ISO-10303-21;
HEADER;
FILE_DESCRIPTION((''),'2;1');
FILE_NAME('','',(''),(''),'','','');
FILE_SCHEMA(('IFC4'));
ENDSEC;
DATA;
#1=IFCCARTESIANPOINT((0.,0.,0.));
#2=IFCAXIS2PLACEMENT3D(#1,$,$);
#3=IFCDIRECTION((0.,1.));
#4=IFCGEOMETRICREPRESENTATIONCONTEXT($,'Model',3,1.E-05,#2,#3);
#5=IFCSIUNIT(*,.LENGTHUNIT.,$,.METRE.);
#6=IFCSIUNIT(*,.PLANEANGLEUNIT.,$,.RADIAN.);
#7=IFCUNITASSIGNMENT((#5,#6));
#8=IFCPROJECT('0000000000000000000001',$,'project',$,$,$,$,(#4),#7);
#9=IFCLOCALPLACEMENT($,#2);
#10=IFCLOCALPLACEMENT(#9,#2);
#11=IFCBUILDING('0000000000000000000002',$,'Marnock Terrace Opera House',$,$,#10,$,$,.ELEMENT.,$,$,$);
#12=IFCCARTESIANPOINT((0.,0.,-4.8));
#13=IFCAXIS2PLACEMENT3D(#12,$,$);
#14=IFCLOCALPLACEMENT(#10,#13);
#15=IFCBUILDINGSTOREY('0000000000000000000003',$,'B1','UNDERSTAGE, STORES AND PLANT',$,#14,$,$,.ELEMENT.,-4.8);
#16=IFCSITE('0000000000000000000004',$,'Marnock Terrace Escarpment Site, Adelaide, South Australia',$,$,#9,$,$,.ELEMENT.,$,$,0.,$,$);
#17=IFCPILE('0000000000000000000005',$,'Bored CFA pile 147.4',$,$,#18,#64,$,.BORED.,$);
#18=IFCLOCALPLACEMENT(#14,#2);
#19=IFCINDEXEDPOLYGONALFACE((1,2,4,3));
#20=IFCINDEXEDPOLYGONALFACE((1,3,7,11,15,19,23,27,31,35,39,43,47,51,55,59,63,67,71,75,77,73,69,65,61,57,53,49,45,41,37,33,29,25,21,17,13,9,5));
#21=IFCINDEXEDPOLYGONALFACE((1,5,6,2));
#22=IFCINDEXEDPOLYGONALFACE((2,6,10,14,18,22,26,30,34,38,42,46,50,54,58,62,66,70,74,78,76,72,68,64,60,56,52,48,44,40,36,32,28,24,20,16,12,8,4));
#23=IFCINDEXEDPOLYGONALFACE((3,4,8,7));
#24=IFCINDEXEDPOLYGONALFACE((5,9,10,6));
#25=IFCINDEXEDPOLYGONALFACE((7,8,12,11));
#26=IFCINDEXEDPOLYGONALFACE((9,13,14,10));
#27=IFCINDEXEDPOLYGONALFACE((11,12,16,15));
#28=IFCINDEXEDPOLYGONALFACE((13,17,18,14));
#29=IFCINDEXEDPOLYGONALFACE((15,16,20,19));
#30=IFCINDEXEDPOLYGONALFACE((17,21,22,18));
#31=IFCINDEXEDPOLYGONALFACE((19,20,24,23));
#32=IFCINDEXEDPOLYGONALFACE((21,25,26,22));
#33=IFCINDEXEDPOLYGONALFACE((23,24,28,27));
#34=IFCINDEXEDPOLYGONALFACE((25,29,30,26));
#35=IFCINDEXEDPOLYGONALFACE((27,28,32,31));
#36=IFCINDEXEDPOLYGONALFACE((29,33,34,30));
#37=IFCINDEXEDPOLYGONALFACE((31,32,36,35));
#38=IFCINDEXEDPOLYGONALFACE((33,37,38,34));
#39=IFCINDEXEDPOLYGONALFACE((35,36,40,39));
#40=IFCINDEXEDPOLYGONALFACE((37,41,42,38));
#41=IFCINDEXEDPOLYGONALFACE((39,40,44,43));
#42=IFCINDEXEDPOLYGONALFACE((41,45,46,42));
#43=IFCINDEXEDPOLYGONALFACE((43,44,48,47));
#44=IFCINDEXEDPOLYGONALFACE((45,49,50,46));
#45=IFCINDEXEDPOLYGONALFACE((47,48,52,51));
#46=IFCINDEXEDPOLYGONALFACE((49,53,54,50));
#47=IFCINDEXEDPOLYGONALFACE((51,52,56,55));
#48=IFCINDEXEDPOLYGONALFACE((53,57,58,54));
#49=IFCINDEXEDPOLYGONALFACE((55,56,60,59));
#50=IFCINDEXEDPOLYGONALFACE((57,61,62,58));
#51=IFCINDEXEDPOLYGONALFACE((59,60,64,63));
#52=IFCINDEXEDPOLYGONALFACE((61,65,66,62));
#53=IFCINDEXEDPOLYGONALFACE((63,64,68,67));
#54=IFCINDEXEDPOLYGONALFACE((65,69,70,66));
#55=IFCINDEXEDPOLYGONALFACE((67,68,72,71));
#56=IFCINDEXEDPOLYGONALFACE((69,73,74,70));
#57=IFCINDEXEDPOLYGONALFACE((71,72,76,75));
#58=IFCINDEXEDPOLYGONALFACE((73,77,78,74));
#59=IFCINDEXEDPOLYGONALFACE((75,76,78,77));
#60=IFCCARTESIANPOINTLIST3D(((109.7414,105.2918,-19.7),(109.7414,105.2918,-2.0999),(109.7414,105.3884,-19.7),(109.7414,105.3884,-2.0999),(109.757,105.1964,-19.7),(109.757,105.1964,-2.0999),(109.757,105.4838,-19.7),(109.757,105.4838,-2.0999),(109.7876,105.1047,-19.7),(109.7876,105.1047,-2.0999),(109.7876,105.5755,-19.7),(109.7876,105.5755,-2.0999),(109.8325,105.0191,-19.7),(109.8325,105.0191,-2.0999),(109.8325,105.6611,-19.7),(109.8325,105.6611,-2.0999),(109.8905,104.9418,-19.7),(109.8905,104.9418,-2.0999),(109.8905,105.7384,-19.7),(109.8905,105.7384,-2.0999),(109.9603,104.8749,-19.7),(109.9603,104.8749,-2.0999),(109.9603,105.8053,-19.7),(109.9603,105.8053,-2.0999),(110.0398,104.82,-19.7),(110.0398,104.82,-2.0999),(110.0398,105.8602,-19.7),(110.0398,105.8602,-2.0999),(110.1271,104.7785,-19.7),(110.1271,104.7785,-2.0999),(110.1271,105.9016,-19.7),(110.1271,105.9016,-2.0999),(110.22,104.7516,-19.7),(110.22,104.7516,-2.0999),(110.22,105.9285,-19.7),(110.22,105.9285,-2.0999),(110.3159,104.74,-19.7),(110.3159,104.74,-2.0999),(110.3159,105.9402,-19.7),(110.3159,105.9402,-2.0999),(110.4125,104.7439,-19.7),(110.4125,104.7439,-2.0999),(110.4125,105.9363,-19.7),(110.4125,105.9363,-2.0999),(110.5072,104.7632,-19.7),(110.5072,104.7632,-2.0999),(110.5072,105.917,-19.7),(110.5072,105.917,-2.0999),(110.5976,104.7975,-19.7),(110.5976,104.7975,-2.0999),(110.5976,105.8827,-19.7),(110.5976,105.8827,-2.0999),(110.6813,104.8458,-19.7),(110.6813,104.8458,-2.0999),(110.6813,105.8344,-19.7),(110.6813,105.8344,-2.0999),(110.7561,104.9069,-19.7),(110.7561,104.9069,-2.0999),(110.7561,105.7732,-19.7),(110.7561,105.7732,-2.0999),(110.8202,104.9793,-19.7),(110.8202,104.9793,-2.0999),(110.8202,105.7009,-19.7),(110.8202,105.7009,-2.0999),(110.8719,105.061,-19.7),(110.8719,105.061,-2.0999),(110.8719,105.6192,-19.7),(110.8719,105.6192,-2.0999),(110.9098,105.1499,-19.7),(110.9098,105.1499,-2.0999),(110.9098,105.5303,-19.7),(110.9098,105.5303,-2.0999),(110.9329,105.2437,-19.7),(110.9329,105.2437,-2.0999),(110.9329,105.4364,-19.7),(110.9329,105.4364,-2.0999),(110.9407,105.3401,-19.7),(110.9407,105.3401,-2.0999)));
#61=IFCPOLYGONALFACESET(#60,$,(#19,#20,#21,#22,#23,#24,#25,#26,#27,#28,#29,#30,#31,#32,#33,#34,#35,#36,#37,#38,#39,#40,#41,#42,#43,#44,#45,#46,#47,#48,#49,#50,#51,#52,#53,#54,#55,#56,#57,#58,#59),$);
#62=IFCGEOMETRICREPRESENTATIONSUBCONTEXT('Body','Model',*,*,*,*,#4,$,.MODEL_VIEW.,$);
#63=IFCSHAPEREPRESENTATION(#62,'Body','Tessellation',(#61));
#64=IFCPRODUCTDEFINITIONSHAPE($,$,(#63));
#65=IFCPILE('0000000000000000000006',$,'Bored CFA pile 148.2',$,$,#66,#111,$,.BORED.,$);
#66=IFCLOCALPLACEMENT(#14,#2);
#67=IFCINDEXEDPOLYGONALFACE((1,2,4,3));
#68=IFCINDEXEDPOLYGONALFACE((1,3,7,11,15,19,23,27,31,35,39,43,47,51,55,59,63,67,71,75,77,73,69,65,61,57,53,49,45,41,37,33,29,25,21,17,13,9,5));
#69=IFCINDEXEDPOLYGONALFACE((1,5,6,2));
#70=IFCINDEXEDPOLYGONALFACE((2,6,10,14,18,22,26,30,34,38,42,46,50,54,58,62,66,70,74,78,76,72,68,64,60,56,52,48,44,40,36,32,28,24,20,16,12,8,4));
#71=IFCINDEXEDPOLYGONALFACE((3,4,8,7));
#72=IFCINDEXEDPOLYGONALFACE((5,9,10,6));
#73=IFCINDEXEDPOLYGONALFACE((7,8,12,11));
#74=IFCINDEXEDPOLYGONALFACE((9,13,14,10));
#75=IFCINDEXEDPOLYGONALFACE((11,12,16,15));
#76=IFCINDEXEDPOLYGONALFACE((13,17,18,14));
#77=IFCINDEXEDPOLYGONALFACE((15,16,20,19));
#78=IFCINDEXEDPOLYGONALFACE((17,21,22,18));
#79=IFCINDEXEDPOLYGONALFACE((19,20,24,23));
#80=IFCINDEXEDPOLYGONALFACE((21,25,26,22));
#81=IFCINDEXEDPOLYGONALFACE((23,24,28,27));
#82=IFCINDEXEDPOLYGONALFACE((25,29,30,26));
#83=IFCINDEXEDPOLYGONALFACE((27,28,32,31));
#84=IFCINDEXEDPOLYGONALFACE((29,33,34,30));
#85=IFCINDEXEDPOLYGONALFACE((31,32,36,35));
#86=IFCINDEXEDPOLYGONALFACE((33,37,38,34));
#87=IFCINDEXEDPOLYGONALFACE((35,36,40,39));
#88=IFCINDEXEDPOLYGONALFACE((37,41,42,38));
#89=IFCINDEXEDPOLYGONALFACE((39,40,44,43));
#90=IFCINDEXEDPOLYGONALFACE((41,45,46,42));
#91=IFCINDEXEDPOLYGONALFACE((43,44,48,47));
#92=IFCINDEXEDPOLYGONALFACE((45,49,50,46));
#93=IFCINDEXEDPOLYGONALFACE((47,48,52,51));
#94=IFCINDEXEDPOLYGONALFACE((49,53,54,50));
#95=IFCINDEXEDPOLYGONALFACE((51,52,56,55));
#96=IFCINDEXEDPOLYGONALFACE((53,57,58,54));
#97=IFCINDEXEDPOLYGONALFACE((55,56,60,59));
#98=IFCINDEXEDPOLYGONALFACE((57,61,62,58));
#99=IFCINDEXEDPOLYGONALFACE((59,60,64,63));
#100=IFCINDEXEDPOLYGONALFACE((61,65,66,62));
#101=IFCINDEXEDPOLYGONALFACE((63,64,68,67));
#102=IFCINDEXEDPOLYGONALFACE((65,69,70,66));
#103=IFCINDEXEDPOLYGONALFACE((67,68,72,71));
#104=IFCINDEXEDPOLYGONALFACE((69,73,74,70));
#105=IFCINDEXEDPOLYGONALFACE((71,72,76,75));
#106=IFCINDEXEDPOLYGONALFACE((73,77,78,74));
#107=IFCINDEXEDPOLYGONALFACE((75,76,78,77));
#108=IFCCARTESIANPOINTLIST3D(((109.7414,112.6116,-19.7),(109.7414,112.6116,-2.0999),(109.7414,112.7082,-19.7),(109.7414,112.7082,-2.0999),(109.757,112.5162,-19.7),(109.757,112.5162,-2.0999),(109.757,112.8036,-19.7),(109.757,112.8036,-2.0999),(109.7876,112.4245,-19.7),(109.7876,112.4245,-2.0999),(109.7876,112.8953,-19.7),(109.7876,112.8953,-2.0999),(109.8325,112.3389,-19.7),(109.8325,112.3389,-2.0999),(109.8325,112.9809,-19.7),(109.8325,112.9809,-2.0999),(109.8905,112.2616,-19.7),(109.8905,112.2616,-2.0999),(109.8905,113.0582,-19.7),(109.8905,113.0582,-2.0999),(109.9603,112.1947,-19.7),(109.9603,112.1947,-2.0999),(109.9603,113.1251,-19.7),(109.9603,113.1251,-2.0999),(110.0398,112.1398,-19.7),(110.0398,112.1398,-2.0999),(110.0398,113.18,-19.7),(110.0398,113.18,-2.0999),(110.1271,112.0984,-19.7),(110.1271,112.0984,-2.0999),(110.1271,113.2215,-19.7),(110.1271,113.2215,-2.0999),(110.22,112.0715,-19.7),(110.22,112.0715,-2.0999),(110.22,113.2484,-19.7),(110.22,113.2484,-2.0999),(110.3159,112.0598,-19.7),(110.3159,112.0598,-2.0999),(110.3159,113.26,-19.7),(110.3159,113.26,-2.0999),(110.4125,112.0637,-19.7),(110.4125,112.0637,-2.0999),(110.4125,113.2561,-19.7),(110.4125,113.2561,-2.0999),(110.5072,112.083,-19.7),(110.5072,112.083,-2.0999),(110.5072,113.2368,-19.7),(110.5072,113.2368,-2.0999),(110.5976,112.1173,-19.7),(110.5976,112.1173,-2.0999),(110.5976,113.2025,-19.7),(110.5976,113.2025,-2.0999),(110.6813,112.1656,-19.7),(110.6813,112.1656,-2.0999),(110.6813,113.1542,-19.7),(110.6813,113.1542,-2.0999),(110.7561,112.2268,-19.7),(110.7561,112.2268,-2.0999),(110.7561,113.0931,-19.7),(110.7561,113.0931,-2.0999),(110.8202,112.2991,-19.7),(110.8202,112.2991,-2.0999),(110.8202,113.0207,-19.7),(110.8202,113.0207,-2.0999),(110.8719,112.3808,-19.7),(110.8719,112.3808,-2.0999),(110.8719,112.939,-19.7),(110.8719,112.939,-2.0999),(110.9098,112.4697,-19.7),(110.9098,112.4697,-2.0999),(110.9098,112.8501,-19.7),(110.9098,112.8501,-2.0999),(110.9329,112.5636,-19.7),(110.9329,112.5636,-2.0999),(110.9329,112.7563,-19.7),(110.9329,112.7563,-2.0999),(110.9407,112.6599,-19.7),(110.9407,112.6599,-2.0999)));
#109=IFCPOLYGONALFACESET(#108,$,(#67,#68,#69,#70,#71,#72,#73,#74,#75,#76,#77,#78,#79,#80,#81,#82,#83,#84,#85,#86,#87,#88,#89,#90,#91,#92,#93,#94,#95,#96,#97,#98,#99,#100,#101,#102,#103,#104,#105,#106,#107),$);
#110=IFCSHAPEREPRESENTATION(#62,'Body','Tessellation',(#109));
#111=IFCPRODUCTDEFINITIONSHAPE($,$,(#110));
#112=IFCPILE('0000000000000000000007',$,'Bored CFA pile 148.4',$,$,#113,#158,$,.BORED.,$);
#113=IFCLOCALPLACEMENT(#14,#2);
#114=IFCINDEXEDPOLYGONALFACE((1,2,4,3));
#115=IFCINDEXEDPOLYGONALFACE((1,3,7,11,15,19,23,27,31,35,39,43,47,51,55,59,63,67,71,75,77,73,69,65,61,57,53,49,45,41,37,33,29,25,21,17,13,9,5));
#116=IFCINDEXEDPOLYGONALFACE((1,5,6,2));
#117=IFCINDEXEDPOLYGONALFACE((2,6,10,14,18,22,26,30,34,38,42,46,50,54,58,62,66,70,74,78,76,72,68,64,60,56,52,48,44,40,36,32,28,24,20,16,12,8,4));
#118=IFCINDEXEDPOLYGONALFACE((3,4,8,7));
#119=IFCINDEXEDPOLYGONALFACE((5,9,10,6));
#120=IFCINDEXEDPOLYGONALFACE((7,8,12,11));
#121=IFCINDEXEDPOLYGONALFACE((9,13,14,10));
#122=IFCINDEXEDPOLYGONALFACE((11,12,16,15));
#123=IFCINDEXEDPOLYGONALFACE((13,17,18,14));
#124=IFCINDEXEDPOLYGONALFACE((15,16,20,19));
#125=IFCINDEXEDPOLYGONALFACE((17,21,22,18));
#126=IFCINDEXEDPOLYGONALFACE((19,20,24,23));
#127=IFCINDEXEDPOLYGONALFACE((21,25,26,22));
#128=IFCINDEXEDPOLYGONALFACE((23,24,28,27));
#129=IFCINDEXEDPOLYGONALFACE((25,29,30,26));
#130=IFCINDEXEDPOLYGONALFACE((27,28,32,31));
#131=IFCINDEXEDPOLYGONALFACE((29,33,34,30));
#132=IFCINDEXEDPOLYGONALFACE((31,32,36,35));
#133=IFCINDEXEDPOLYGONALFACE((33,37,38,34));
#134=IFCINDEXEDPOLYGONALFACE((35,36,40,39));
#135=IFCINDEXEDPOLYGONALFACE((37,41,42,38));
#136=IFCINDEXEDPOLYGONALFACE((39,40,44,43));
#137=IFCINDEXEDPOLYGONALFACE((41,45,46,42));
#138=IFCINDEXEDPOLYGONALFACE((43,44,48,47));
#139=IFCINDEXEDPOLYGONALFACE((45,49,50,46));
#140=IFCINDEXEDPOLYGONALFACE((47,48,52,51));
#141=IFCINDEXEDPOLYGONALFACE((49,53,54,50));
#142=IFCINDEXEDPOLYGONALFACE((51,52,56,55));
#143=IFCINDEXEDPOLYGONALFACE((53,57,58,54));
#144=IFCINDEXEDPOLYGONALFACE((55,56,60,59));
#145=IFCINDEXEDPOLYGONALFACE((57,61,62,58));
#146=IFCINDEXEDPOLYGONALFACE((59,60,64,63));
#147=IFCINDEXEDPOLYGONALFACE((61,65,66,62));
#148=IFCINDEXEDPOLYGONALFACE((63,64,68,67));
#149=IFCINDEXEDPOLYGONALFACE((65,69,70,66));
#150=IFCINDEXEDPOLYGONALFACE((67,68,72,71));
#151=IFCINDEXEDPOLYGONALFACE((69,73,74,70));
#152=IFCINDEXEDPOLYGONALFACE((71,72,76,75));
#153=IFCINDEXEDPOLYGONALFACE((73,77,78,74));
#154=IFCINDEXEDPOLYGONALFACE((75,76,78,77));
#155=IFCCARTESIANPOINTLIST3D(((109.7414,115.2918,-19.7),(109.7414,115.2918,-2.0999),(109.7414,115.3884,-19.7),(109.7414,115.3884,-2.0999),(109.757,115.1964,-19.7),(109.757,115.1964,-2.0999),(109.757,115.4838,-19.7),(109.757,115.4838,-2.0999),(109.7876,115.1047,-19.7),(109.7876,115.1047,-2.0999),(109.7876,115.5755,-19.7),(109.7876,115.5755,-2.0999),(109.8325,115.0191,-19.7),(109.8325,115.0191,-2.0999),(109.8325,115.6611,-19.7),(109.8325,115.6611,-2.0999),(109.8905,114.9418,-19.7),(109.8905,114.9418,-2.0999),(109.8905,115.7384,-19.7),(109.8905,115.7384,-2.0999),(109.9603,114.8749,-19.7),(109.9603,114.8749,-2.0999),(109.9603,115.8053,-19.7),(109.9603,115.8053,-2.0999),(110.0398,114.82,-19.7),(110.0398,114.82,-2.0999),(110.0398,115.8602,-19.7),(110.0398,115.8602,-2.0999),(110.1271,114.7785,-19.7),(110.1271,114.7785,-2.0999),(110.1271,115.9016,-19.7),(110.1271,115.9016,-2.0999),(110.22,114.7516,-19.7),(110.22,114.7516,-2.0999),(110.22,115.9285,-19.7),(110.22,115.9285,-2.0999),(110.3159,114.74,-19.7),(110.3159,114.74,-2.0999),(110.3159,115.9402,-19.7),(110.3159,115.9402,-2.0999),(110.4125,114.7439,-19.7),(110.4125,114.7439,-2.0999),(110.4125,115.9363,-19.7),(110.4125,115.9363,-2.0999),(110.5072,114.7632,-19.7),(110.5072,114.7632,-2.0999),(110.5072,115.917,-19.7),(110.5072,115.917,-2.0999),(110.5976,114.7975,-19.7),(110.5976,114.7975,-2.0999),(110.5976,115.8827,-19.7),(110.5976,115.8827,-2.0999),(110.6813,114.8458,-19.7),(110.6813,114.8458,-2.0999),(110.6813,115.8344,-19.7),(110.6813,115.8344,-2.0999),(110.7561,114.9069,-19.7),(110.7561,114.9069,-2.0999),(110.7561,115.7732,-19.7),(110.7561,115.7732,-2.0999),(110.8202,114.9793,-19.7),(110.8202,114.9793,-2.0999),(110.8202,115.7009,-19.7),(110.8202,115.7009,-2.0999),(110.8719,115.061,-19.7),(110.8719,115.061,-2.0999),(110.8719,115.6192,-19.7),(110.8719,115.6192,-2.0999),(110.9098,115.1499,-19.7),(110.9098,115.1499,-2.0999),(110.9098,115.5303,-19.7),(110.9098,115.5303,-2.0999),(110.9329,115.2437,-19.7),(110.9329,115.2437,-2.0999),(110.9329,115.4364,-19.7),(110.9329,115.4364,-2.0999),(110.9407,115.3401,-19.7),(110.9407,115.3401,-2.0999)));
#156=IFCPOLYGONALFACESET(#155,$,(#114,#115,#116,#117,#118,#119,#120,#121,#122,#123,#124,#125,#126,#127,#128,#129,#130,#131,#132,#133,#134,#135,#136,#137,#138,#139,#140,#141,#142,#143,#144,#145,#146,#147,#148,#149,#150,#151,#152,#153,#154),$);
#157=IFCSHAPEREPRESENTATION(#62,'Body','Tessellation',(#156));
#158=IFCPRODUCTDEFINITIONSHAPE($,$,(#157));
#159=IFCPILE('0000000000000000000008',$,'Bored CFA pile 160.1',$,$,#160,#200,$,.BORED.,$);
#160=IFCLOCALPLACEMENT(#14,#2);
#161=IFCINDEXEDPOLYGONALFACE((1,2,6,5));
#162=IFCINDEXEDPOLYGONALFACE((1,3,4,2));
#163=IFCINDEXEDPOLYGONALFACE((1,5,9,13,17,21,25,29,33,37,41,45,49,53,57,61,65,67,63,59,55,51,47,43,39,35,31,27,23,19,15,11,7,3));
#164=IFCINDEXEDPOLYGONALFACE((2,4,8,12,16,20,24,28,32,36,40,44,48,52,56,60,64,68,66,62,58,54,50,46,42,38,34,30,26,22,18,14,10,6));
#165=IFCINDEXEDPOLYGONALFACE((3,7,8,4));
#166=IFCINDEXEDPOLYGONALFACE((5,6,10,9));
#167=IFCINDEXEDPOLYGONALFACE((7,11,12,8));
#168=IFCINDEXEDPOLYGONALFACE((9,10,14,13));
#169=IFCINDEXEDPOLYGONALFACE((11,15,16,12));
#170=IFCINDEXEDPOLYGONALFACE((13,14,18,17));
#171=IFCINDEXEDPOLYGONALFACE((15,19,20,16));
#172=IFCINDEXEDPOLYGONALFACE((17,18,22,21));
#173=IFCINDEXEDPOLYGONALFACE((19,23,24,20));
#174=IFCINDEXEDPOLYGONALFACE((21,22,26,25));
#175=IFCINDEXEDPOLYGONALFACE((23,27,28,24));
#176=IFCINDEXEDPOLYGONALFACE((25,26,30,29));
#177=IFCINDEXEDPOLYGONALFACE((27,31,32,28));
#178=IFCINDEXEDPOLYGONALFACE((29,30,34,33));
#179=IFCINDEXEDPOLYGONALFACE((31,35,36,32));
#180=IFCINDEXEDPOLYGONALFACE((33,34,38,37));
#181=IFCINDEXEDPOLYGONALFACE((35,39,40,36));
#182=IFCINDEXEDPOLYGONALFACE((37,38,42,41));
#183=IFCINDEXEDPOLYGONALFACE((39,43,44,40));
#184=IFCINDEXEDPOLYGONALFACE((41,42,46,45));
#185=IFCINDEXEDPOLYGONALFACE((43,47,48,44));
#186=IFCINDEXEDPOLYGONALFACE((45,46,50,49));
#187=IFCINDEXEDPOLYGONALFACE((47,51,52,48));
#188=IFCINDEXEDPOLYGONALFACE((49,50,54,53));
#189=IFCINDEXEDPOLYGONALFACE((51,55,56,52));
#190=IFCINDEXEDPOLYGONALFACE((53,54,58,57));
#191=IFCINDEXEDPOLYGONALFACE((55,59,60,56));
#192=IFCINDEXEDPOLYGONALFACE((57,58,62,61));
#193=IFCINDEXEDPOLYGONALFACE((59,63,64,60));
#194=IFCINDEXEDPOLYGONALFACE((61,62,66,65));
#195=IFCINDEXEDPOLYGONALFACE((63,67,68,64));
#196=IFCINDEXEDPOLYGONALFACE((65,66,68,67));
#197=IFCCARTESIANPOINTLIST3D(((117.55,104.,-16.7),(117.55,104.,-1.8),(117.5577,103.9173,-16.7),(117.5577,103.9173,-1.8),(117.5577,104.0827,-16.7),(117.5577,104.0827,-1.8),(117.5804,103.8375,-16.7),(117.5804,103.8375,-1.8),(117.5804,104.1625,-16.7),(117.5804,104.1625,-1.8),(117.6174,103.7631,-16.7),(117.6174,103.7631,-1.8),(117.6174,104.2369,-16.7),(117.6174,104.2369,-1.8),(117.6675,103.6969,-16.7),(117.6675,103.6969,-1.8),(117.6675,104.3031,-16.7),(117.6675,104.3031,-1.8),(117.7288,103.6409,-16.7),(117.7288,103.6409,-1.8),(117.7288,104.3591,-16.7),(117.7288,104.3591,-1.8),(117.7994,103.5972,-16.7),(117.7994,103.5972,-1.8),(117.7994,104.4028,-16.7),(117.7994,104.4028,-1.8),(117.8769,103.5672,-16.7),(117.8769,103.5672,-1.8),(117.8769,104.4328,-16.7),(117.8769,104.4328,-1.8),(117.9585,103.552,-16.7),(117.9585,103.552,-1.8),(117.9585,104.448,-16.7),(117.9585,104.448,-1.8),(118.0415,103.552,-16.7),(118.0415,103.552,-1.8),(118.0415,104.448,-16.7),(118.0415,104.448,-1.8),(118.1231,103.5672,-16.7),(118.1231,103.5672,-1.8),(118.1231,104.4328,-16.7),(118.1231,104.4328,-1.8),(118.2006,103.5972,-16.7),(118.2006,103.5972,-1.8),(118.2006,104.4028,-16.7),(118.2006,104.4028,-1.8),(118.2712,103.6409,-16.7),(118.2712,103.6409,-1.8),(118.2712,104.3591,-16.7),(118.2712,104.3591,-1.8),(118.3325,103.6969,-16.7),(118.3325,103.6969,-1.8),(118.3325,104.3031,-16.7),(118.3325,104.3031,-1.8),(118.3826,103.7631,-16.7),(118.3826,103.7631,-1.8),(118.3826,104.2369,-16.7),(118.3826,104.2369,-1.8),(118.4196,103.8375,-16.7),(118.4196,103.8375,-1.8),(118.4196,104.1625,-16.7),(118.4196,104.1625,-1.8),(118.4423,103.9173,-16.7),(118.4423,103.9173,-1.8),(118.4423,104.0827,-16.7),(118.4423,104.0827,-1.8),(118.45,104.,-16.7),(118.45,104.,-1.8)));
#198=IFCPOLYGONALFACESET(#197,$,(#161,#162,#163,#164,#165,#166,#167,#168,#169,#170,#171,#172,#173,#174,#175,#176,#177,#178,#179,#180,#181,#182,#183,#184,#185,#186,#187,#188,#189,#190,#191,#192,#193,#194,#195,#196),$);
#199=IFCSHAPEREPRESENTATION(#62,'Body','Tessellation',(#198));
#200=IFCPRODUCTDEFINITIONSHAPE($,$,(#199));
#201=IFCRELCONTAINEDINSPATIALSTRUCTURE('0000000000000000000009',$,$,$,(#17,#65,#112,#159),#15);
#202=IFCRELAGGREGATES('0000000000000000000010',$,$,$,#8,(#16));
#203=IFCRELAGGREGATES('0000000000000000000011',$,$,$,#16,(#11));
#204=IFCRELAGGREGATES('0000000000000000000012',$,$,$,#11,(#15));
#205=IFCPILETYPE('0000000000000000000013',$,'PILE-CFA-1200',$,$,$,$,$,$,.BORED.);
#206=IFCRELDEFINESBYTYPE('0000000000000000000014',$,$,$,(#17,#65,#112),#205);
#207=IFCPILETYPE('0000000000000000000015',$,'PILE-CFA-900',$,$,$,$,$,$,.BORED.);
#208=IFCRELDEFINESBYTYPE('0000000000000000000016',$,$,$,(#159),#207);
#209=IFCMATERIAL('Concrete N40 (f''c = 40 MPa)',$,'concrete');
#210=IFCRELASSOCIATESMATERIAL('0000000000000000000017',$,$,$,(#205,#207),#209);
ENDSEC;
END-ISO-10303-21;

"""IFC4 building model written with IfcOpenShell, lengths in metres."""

from ifc_helpers import new_model, si_unit, direction, frame, origin, origin_2d, place, context, subcontext, project, spatial, circle, extrude, material, material_profile, profile_set, type_object, element, save


model = new_model("IFC4")

# Units and contexts
model_context = context("Model", 3, precision=1e-05, world=origin(), true_north=direction((0.0, 1.0)))
body_context = subcontext(model_context, "Body", "Model", "MODEL_VIEW")
ifc_project = project(units=[si_unit("LENGTHUNIT", "METRE"), si_unit("PLANEANGLEUNIT", "RADIAN")], contexts=[model_context])

# Site, building, storey
site_placement = place(None, origin())
site = spatial("IfcSite", under=ifc_project, at=site_placement, Name="Marnock Terrace Escarpment Site, Adelaide, South Australia", CompositionType="ELEMENT", RefElevation=0.0)
building_placement = place(site_placement, origin())
building = spatial("IfcBuilding", under=site, at=building_placement, Name="Marnock Terrace Opera House", CompositionType="ELEMENT")
storey_placement = place(building_placement, frame((0.0, 0.0, -4.8)))
storey = spatial("IfcBuildingStorey", under=building, at=storey_placement, Name="B1", Description="UNDERSTAGE, STORES AND PLANT", CompositionType="ELEMENT", Elevation=-4.8)

# Shared definitions
ifc_material_1 = material(Name="Concrete N40 (f'c = 40 MPa)", Category="concrete")

# Piles
ifc_material_profile_1 = material_profile(ifc_material_1, circle(Radius=0.6006, at=origin_2d()))
ifc_profile_set_1 = profile_set([ifc_material_profile_1], Name="Concrete N40 (f'c = 40 MPa)")
pile_type_1 = type_object("IfcPileType", Name="PILE-CFA-1200", PredefinedType="BORED", material=ifc_profile_set_1)
for number, where, z_axis, x_axis, name in (
    (1, (110.3401, 105.3401, -2.0999), (0.0, 0.0, -1.0), (1.0, 0.0, 0.0), "Bored CFA pile 147.4"),
    (2, (110.3401, 112.6599, -2.0999), (0.0, 0.0, -1.0), (1.0, 0.0, 0.0), "Bored CFA pile 148.2"),
    (3, (110.3401, 115.3401, -2.0999), (0.0, 0.0, -1.0), (1.0, 0.0, 0.0), "Bored CFA pile 148.4"),
):
    element("IfcPile", number, at=place(storey_placement, frame(where, z_axis=z_axis, x_axis=x_axis)), inside=storey, type_object=pile_type_1, Name=name, PredefinedType="BORED", context=body_context, shape_type="SweptSolid", body=[
        extrude(circle(Radius=0.6006, at=origin_2d()), origin(), (0.0, 0.0, 1.0), 17.6001),
    ])
ifc_material_profile_2 = material_profile(ifc_material_1, circle(Radius=0.45, at=origin_2d()))
ifc_profile_set_2 = profile_set([ifc_material_profile_2], Name="Concrete N40 (f'c = 40 MPa)")
pile_type_2 = type_object("IfcPileType", Name="PILE-CFA-900", PredefinedType="BORED", material=ifc_profile_set_2)
pile_1_placement = place(storey_placement, frame((118.0, 104.0, -1.8), z_axis=(0.0, 0.0, -1.0), x_axis=(1.0, 0.0, 0.0)))
element("IfcPile", 4, at=pile_1_placement, inside=storey, type_object=pile_type_2, Name="Bored CFA pile 160.1", PredefinedType="BORED", context=body_context, shape_type="SweptSolid", body=[
    extrude(circle(Radius=0.45, at=origin_2d()), origin(), (0.0, 0.0, 1.0), 14.8999),
])

save(model, "model.ifc")
